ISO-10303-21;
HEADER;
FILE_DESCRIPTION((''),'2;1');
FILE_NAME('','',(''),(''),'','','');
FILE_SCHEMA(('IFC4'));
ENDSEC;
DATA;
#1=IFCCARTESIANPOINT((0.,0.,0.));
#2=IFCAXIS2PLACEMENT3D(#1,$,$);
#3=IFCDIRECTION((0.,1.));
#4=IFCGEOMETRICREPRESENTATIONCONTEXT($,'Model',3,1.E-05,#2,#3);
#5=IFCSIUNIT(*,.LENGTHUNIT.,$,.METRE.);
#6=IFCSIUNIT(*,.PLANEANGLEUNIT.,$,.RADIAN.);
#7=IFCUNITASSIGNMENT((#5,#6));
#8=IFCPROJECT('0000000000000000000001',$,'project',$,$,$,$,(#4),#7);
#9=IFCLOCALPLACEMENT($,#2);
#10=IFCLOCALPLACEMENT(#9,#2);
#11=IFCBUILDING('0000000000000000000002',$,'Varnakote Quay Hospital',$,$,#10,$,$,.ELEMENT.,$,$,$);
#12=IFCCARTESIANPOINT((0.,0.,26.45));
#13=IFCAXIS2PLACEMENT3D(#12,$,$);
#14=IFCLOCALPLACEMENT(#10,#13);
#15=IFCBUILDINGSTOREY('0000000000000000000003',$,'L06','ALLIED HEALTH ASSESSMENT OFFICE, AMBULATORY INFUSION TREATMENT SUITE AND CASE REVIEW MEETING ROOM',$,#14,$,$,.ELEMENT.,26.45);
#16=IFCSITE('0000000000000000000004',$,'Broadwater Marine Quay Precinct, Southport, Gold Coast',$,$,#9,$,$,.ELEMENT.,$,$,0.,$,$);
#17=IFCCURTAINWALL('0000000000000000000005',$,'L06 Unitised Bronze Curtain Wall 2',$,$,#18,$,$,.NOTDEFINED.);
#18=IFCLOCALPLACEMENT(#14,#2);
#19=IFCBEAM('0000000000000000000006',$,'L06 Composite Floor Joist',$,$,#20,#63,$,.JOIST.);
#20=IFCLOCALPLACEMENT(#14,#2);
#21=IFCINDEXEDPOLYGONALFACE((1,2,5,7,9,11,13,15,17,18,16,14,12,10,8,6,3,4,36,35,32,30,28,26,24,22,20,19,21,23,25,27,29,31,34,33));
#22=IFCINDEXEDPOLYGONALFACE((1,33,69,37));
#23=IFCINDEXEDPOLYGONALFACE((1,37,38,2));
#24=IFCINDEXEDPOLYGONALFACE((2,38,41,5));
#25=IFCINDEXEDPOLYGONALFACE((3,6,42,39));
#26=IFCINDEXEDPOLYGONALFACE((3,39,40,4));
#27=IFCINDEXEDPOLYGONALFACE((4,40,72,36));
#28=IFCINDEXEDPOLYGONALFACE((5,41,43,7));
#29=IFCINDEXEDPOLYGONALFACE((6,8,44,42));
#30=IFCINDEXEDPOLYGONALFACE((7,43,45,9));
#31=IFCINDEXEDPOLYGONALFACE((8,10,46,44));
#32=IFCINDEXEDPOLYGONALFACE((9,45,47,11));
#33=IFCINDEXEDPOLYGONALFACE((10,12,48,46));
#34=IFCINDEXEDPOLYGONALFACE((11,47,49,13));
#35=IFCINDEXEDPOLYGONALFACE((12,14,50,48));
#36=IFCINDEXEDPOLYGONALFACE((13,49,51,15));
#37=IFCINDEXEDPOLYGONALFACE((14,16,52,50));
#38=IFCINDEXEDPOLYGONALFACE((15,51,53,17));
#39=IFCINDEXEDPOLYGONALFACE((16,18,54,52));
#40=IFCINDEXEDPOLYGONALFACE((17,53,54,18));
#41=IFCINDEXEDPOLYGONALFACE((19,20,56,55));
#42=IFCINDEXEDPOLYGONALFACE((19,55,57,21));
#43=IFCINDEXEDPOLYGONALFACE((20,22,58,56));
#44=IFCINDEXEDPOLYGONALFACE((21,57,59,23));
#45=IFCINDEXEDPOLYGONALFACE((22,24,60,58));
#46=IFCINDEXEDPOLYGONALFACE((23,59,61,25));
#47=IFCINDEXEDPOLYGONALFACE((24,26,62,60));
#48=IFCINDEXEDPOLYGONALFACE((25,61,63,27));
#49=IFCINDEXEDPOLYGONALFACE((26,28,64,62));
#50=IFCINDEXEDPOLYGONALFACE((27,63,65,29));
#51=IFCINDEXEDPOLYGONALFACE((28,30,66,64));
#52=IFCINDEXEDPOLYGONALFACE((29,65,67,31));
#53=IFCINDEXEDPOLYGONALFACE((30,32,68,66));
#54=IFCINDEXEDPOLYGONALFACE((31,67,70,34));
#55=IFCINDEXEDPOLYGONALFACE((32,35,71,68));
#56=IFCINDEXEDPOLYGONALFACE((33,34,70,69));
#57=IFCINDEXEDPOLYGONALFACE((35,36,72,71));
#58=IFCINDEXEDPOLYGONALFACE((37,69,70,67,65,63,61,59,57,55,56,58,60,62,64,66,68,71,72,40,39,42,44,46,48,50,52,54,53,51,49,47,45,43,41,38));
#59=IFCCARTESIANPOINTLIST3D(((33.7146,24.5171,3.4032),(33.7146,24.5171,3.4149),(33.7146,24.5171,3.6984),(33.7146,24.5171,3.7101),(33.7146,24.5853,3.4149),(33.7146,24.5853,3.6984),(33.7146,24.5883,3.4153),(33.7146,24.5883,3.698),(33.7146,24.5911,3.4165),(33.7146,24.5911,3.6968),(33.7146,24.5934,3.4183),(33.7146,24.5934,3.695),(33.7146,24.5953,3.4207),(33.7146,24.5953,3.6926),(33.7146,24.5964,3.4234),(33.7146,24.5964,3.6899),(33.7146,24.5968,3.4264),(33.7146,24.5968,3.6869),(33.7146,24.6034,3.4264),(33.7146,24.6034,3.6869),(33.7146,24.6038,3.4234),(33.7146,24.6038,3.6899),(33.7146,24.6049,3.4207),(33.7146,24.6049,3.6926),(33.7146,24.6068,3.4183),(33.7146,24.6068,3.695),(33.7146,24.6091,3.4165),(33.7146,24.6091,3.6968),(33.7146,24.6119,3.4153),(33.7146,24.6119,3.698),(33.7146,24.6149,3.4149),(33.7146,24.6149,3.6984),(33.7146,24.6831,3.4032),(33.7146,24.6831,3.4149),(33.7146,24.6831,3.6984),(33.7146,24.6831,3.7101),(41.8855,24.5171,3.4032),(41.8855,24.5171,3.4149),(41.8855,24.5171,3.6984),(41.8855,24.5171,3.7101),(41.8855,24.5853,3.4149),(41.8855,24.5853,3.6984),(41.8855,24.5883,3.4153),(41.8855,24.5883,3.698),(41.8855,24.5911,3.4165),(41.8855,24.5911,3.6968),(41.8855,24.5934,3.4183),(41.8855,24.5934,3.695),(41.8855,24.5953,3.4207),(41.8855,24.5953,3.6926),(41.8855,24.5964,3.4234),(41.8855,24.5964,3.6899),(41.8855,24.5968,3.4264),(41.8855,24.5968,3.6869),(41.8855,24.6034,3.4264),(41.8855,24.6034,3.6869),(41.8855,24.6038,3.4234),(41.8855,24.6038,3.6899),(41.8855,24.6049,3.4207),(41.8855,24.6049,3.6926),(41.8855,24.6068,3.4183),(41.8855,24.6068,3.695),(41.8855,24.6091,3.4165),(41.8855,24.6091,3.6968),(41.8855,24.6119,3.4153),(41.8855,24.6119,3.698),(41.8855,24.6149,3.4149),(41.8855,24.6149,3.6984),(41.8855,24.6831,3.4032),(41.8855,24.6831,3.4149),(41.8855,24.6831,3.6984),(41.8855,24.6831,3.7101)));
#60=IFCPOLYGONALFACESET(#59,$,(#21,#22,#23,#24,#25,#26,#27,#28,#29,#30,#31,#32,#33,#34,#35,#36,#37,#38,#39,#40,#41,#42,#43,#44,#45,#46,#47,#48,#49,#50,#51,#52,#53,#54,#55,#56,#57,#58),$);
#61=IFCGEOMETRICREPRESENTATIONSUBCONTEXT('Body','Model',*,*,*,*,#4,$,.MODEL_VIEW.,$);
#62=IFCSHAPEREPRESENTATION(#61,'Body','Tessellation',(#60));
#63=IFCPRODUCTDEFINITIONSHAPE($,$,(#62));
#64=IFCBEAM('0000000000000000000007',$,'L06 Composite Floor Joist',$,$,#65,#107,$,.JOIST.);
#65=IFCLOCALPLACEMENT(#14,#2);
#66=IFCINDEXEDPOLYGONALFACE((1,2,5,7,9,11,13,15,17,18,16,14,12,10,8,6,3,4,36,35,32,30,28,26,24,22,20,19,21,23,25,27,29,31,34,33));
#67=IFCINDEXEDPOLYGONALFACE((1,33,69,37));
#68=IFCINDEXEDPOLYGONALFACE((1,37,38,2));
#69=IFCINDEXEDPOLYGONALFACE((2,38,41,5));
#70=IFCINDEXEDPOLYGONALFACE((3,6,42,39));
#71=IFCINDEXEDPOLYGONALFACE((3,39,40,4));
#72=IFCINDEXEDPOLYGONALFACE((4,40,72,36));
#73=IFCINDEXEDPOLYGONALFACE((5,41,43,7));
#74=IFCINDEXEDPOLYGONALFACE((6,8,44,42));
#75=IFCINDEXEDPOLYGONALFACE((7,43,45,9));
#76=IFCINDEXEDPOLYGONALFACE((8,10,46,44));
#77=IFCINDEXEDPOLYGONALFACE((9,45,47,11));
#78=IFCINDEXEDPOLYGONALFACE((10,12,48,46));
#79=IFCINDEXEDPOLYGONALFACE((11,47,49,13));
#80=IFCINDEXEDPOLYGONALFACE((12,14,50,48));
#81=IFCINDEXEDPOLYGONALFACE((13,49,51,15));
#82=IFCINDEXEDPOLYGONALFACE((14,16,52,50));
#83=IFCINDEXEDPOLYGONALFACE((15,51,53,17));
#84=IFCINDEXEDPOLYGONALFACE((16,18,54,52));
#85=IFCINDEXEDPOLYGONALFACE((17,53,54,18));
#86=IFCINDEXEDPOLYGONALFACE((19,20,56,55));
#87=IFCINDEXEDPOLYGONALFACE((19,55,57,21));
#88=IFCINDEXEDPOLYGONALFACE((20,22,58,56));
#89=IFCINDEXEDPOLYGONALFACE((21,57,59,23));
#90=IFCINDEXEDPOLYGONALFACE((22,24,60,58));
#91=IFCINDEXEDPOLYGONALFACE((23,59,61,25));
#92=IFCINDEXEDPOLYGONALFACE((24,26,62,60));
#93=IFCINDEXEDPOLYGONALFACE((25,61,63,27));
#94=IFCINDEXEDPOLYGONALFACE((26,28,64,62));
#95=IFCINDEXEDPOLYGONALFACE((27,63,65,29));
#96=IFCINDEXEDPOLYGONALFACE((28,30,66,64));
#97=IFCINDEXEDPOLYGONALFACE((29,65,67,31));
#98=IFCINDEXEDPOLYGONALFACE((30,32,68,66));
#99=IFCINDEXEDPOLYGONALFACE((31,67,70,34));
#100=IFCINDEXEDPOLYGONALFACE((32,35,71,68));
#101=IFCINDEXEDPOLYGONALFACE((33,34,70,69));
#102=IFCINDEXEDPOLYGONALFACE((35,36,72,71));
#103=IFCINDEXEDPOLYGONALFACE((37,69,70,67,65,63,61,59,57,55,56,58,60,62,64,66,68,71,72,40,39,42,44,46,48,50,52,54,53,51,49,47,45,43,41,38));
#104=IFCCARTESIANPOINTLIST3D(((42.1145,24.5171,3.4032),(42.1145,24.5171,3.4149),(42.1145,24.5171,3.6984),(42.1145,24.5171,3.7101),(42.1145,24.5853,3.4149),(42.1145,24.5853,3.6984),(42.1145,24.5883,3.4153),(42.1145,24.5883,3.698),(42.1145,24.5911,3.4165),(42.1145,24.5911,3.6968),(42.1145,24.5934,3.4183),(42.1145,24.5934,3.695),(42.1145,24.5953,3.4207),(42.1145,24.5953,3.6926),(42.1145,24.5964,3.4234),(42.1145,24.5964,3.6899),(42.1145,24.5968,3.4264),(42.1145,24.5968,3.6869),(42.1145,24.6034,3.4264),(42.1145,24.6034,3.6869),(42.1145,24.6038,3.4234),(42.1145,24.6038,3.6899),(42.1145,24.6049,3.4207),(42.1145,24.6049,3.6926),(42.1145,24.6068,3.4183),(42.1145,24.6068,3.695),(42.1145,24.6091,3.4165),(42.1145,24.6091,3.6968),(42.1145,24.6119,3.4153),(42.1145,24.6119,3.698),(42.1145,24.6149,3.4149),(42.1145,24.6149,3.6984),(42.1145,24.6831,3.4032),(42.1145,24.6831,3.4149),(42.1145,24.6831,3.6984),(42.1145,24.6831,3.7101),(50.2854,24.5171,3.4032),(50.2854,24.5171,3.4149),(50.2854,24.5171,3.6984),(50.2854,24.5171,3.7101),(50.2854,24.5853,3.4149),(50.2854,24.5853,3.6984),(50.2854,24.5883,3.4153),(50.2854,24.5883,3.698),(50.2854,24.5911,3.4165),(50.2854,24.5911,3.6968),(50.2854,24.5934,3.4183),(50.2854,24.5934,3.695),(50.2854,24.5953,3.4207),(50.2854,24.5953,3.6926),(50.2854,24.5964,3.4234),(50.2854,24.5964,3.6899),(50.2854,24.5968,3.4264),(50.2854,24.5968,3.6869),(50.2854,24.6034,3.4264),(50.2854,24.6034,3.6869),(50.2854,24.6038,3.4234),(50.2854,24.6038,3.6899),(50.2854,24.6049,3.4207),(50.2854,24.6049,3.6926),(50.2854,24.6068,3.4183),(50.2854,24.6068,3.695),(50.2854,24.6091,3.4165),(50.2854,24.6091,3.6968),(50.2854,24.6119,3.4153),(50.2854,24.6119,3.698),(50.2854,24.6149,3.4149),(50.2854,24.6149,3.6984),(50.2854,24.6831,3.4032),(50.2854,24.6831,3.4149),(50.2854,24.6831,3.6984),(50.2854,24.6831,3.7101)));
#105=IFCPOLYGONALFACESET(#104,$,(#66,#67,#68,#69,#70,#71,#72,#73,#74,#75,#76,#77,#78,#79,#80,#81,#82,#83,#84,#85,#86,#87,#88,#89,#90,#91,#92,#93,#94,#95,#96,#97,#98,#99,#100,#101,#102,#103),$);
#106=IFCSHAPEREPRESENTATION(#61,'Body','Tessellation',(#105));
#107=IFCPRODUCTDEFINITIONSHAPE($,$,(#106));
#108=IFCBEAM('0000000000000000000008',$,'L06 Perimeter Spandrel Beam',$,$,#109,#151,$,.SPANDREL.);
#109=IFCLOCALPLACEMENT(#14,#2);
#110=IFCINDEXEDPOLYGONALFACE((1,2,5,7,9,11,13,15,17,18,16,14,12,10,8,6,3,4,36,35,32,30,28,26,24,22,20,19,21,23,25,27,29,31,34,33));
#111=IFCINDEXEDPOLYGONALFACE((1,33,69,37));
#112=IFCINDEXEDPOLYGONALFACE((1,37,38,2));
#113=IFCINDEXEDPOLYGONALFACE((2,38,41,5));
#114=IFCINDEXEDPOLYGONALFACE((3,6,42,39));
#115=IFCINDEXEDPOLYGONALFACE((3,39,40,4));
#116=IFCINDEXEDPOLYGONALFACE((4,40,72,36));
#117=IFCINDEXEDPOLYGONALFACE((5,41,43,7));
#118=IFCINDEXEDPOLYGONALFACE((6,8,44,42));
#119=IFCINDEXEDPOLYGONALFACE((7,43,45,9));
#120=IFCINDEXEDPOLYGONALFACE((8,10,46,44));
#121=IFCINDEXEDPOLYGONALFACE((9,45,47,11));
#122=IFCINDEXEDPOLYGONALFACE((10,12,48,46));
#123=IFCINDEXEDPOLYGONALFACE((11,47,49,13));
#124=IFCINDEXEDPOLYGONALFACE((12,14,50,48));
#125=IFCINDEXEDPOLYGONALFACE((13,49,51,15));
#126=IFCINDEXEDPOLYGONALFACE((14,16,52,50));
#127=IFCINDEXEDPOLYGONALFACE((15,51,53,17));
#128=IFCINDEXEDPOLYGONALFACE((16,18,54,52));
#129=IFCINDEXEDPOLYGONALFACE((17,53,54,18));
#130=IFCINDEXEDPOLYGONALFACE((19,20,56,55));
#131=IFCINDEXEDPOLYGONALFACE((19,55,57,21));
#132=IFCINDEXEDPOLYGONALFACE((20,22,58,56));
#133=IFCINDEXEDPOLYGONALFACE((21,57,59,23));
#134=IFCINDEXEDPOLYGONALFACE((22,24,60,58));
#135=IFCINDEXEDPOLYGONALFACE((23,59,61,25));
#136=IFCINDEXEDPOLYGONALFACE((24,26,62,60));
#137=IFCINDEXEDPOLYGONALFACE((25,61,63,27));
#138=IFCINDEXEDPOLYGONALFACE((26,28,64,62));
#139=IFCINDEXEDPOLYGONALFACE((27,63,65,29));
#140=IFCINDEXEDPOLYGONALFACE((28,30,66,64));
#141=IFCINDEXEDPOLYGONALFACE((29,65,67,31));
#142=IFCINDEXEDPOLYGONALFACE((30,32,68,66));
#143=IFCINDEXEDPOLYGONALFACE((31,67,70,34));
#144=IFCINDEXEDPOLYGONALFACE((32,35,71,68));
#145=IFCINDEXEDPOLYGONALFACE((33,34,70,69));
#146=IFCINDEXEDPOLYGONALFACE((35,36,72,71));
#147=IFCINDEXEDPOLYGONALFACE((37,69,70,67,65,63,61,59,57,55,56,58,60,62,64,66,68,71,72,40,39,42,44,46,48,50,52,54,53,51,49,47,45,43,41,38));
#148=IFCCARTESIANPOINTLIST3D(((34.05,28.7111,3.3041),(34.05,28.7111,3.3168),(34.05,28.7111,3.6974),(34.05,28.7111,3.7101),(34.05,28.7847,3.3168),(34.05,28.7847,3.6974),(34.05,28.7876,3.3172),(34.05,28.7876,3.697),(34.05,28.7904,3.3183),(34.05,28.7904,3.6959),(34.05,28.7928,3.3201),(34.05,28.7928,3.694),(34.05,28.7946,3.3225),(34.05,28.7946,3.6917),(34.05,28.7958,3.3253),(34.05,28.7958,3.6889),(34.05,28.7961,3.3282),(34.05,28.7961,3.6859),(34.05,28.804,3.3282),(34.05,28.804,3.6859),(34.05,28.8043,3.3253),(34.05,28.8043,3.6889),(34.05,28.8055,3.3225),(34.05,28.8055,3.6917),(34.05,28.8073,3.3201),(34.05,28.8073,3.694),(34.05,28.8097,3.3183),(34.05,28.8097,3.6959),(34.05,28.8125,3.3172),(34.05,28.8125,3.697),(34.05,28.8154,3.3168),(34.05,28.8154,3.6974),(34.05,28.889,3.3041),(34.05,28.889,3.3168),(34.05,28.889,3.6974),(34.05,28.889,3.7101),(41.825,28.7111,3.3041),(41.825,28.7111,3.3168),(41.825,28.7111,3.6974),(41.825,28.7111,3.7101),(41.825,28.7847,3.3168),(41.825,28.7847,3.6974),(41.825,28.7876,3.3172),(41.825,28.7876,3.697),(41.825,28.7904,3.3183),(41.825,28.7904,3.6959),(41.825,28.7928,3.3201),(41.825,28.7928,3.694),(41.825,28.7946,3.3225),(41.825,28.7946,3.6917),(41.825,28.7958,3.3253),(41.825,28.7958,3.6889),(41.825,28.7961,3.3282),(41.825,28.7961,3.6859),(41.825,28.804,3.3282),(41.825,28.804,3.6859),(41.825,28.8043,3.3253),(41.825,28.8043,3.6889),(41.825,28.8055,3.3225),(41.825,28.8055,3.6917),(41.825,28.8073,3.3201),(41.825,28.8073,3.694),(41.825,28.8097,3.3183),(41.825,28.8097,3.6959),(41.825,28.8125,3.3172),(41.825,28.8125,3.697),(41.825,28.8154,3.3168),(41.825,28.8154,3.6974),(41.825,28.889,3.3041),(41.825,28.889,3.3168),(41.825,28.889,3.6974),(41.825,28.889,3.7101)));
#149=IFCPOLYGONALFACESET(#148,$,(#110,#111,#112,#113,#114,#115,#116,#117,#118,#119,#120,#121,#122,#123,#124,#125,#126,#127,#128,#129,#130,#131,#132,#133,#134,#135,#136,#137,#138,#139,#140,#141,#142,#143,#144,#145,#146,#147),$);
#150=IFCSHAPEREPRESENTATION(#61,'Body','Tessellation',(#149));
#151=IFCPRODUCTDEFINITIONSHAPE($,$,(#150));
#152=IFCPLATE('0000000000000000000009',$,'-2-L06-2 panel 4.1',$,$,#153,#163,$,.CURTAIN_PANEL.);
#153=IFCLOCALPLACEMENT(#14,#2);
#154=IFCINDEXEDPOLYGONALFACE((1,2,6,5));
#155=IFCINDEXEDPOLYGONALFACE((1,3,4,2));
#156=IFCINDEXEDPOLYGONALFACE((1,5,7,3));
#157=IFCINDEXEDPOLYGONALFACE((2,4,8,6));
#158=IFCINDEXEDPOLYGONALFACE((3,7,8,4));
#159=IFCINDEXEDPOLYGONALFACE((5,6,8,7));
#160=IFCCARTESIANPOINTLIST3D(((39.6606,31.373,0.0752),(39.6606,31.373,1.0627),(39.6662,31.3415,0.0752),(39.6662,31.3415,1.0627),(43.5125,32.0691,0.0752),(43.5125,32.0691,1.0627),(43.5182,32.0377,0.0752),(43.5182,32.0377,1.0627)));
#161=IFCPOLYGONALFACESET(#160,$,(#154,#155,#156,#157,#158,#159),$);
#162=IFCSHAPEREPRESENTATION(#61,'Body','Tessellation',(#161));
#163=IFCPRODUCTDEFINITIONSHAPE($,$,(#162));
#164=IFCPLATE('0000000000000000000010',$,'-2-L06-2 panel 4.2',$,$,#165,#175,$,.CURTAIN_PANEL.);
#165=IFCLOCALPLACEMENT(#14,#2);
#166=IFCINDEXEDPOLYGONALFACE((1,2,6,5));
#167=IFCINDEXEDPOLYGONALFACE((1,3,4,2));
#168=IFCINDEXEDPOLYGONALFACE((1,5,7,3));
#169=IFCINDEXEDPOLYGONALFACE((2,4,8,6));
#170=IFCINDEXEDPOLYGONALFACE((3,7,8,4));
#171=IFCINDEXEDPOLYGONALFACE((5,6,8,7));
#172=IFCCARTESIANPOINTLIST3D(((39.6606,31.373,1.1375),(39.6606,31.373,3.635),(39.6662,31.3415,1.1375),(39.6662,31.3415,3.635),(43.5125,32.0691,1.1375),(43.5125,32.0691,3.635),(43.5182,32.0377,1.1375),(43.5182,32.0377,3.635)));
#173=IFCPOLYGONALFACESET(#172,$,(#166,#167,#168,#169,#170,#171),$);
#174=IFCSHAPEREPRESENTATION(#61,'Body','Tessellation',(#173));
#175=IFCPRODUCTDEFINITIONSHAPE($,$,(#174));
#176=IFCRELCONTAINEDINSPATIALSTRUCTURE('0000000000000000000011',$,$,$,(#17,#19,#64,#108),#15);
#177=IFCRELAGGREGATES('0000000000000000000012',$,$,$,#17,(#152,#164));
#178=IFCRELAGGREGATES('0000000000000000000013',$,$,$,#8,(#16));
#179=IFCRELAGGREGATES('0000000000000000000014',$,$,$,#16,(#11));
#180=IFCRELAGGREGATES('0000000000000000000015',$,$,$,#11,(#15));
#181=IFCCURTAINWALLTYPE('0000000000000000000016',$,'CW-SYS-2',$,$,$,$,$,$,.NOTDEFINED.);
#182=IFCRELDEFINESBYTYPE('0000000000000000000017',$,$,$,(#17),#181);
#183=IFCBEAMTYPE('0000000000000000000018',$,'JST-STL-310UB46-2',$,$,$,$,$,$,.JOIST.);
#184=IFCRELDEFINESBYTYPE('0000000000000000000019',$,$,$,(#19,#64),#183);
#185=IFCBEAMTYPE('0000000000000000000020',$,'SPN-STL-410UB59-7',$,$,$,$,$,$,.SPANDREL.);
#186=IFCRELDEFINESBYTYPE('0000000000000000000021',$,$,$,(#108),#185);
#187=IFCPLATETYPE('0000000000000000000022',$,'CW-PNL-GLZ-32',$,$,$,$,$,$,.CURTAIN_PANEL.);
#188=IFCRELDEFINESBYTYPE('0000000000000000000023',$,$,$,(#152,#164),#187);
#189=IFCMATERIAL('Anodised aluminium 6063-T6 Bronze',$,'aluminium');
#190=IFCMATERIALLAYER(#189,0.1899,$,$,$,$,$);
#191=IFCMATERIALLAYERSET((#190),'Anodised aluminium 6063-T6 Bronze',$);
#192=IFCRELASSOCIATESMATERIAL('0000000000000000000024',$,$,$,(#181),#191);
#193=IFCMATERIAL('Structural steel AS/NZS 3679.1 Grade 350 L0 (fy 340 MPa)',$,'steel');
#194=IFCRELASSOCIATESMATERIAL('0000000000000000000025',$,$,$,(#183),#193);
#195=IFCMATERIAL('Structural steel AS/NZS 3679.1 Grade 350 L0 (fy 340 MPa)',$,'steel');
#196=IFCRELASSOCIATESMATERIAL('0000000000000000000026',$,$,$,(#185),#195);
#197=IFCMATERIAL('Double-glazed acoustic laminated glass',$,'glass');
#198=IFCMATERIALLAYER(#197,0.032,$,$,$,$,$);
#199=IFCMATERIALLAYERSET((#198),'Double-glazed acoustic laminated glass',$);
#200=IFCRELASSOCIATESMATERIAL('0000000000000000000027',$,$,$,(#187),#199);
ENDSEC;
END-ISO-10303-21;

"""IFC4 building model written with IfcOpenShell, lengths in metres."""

from ifc_helpers import new_model, si_unit, direction, frame, origin, origin_2d, place, context, subcontext, project, spatial, rectangle, i_section, extrude, material, layer, layer_set, material_profile, profile_set, type_object, element, aggregate, save


model = new_model("IFC4")

# Units and contexts
model_context = context("Model", 3, precision=1e-05, world=origin(), true_north=direction((0.0, 1.0)))
body_context = subcontext(model_context, "Body", "Model", "MODEL_VIEW")
ifc_project = project(units=[si_unit("LENGTHUNIT", "METRE"), si_unit("PLANEANGLEUNIT", "RADIAN")], contexts=[model_context])

# Site, building, storey
site_placement = place(None, origin())
site = spatial("IfcSite", under=ifc_project, at=site_placement, Name="Broadwater Marine Quay Precinct, Southport, Gold Coast", CompositionType="ELEMENT", RefElevation=0.0)
building_placement = place(site_placement, origin())
building = spatial("IfcBuilding", under=site, at=building_placement, Name="Varnakote Quay Hospital", CompositionType="ELEMENT")
storey_placement = place(building_placement, frame((0.0, 0.0, 26.45)))
storey = spatial("IfcBuildingStorey", under=building, at=storey_placement, Name="L06", Description="ALLIED HEALTH ASSESSMENT OFFICE, AMBULATORY INFUSION TREATMENT SUITE AND CASE REVIEW MEETING ROOM", CompositionType="ELEMENT", Elevation=26.45)

# Curtain wall
ifc_material_1 = material(Name="Anodised aluminium 6063-T6 Bronze", Category="aluminium")
ifc_layer_1 = layer(ifc_material_1, 0.1899)
ifc_layer_set_1 = layer_set([ifc_layer_1], Name="Anodised aluminium 6063-T6 Bronze")
curtain_wall_type = type_object("IfcCurtainWallType", Name="CW-SYS-2", PredefinedType="NOTDEFINED", material=ifc_layer_set_1)
curtain_wall_placement = place(storey_placement, origin())
curtain_wall = element("IfcCurtainWall", 1, at=curtain_wall_placement, inside=storey, type_object=curtain_wall_type, Name="L06 Unitised Bronze Curtain Wall 2", PredefinedType="NOTDEFINED")

# Beams
ifc_material_2 = material(Name="Structural steel AS/NZS 3679.1 Grade 350 L0 (fy 340 MPa)", Category="steel")
ifc_material_profile_1 = material_profile(ifc_material_2, i_section(OverallWidth=0.166, OverallDepth=0.3069, WebThickness=0.0066, FlangeThickness=0.0117, FilletRadius=0.0115, at=origin_2d()), Name="310UB46.2")
ifc_profile_set_1 = profile_set([ifc_material_profile_1], Name="Structural steel AS/NZS 3679.1 Grade 350 L0 (fy 340 MPa)")
beam_type_1 = type_object("IfcBeamType", Name="JST-STL-310UB46-2", PredefinedType="JOIST", material=ifc_profile_set_1)
for number, where, z_axis, x_axis, name in (
    (2, (33.7146, 24.6001, 3.5566), (1.0, 0.0, 0.0), (0.0, 1.0, 0.0), "L06 Composite Floor Joist"),
    (3, (42.1145, 24.6001, 3.5566), (1.0, 0.0, 0.0), (0.0, 1.0, 0.0), "L06 Composite Floor Joist"),
):
    element("IfcBeam", number, at=place(storey_placement, frame(where, z_axis=z_axis, x_axis=x_axis)), inside=storey, type_object=beam_type_1, Name=name, PredefinedType="JOIST", context=body_context, shape_type="SweptSolid", body=[
        extrude(i_section(OverallWidth=0.166, OverallDepth=0.3069, WebThickness=0.0066, FlangeThickness=0.0117, FilletRadius=0.0115, at=origin_2d()), origin(), (0.0, 0.0, 1.0), 8.1709),
    ])
ifc_material_3 = material(Name="Structural steel AS/NZS 3679.1 Grade 350 L0 (fy 340 MPa)", Category="steel")
ifc_material_profile_2 = material_profile(ifc_material_3, i_section(OverallWidth=0.178, OverallDepth=0.406, WebThickness=0.0078, FlangeThickness=0.0127, FilletRadius=0.0115, at=origin_2d()), Name="410UB59.7")
ifc_profile_set_2 = profile_set([ifc_material_profile_2], Name="Structural steel AS/NZS 3679.1 Grade 350 L0 (fy 340 MPa)")
beam_type_2 = type_object("IfcBeamType", Name="SPN-STL-410UB59-7", PredefinedType="SPANDREL", material=ifc_profile_set_2)
beam_1_placement = place(storey_placement, frame((34.05, 28.8, 3.5071), z_axis=(1.0, 0.0, 0.0), x_axis=(0.0, 1.0, 0.0)))
element("IfcBeam", 4, at=beam_1_placement, inside=storey, type_object=beam_type_2, Name="L06 Perimeter Spandrel Beam", PredefinedType="SPANDREL", context=body_context, shape_type="SweptSolid", body=[
    extrude(i_section(OverallWidth=0.178, OverallDepth=0.406, WebThickness=0.0078, FlangeThickness=0.0127, FilletRadius=0.0115, at=origin_2d()), origin(), (0.0, 0.0, 1.0), 7.7749),
])

# Plates
ifc_material_4 = material(Name="Double-glazed acoustic laminated glass", Category="glass")
ifc_layer_2 = layer(ifc_material_4, 0.032)
ifc_layer_set_2 = layer_set([ifc_layer_2], Name="Double-glazed acoustic laminated glass")
plate_type = type_object("IfcPlateType", Name="CW-PNL-GLZ-32", PredefinedType="CURTAIN_PANEL", material=ifc_layer_set_2)
plate_1_placement = place(storey_placement, frame((41.5894, 31.7053, 0.0752), z_axis=(0.0, 0.0, 1.0), x_axis=(-0.984058, -0.177846, 0.0)))
plate_1 = element("IfcPlate", 5, at=plate_1_placement, type_object=plate_type, Name="-2-L06-2 panel 4.1", PredefinedType="CURTAIN_PANEL", context=body_context, shape_type="SweptSolid", body=[
    extrude(rectangle(XDim=3.9143, YDim=0.032, at=origin_2d()), origin(), (0.0, 0.0, 1.0), 0.9875),
])
plate_2_placement = place(storey_placement, frame((41.5894, 31.7053, 1.1375), z_axis=(0.0, 0.0, 1.0), x_axis=(-0.984058, -0.177846, 0.0)))
plate_2 = element("IfcPlate", 6, at=plate_2_placement, type_object=plate_type, Name="-2-L06-2 panel 4.2", PredefinedType="CURTAIN_PANEL", context=body_context, shape_type="SweptSolid", body=[
    extrude(rectangle(XDim=3.9143, YDim=0.032, at=origin_2d()), origin(), (0.0, 0.0, 1.0), 2.4976),
])
aggregate(curtain_wall, [plate_1, plate_2])

save(model, "model.ifc")
